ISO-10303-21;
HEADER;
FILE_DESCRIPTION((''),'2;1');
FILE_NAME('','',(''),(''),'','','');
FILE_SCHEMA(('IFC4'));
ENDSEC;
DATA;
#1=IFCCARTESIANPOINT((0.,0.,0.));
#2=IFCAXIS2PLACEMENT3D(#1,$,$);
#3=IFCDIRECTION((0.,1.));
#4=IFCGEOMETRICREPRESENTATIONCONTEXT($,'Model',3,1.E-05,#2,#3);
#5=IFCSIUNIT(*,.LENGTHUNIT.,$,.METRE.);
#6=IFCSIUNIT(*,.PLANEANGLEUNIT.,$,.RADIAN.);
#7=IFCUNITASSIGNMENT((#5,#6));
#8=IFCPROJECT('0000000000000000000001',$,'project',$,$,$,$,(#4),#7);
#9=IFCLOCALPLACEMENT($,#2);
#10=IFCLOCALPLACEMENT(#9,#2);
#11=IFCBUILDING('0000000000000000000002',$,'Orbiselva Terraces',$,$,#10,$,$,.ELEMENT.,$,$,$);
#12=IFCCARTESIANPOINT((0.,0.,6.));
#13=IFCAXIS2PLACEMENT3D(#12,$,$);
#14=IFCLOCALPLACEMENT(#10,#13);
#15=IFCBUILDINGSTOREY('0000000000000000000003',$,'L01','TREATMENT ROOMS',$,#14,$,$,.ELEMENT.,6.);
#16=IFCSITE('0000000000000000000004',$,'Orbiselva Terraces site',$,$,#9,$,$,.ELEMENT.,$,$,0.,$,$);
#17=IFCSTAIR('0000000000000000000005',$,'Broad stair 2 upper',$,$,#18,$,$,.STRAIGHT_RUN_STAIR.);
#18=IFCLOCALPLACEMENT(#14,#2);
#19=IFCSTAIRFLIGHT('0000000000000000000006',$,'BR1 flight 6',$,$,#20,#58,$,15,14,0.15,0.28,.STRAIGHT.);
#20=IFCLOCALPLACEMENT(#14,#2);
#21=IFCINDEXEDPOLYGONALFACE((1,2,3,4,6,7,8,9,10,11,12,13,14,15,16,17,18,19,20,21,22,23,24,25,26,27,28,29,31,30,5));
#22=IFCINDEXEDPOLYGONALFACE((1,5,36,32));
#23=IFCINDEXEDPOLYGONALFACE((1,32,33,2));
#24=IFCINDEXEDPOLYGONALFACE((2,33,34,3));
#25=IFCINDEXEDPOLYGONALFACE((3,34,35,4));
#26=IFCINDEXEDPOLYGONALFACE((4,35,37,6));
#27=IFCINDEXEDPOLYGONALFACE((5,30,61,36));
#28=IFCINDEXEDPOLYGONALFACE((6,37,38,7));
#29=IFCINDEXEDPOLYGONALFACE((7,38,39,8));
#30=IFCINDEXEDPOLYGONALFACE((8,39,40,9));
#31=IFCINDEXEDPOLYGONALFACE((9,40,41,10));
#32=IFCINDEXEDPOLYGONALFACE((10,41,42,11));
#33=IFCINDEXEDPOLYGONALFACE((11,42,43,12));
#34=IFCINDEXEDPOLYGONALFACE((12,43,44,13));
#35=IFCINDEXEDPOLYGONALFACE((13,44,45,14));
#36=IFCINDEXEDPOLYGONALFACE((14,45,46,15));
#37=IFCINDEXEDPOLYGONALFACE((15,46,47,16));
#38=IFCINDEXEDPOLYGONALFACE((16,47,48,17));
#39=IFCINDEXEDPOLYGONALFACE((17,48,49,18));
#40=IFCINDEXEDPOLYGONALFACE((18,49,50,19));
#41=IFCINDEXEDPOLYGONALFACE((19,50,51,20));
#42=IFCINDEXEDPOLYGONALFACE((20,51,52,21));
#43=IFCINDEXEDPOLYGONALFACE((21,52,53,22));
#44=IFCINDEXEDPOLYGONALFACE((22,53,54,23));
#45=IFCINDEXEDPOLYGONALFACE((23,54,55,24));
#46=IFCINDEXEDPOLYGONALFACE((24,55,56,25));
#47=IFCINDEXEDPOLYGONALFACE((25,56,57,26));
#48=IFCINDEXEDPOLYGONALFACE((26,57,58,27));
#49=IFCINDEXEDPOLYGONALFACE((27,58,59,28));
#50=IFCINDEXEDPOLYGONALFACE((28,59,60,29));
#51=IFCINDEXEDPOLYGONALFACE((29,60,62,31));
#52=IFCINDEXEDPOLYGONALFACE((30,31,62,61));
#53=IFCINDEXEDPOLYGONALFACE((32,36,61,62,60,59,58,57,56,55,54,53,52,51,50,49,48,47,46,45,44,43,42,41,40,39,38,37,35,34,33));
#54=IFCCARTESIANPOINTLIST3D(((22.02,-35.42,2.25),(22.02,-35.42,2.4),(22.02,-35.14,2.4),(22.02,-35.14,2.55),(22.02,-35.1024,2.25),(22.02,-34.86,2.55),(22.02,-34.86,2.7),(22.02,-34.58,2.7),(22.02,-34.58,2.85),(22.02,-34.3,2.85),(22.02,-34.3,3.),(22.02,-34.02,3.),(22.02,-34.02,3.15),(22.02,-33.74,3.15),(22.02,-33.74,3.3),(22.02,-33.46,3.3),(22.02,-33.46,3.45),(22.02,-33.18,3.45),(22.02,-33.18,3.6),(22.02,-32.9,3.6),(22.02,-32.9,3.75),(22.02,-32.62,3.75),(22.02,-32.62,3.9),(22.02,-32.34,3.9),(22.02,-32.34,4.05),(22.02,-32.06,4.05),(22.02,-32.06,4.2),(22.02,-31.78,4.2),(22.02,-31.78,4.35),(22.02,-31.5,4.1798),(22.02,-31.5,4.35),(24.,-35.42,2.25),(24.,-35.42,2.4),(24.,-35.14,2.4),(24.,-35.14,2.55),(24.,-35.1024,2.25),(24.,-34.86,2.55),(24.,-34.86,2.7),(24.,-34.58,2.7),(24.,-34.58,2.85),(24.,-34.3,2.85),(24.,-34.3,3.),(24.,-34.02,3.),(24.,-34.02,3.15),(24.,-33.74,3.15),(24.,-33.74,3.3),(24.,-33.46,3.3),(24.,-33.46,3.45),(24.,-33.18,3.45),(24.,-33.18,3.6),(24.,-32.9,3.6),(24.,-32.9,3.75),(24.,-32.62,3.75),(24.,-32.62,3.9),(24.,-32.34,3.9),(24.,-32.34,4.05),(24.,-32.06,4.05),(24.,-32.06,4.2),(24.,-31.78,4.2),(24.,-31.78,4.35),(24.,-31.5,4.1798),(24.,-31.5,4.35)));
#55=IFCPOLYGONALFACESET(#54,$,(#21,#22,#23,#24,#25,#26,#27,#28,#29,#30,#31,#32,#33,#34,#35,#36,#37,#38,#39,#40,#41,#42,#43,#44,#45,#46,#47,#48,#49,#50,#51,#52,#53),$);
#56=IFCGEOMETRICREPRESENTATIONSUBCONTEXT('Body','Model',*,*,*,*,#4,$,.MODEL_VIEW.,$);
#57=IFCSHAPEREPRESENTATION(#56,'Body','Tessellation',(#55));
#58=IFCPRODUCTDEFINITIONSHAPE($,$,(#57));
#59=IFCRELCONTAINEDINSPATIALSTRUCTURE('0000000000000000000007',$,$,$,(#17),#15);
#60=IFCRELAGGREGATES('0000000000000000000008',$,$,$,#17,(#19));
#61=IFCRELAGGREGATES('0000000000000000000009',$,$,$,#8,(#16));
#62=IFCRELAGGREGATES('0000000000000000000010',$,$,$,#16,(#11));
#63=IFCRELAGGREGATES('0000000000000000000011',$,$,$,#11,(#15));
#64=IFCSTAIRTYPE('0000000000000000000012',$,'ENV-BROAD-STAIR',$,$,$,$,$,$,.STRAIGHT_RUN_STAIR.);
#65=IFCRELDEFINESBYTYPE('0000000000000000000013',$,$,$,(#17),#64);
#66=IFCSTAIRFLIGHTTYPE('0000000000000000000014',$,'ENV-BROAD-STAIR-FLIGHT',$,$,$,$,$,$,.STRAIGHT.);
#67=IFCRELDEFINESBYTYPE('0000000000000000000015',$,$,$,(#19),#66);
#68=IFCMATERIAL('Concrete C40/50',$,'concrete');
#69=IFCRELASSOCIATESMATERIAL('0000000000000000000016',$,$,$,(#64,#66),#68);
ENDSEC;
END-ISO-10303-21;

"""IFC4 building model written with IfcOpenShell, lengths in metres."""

from ifc_helpers import new_model, si_unit, direction, frame, origin, place, context, subcontext, project, spatial, polyline, outline, extrude, material, type_object, element, aggregate, save


model = new_model("IFC4")

# Units and contexts
model_context = context("Model", 3, precision=1e-05, world=origin(), true_north=direction((0.0, 1.0)))
body_context = subcontext(model_context, "Body", "Model", "MODEL_VIEW")
ifc_project = project(units=[si_unit("LENGTHUNIT", "METRE"), si_unit("PLANEANGLEUNIT", "RADIAN")], contexts=[model_context])

# Site, building, storey
site_placement = place(None, origin())
site = spatial("IfcSite", under=ifc_project, at=site_placement, Name="Orbiselva Terraces site", CompositionType="ELEMENT", RefElevation=0.0)
building_placement = place(site_placement, origin())
building = spatial("IfcBuilding", under=site, at=building_placement, Name="Orbiselva Terraces", CompositionType="ELEMENT")
storey_placement = place(building_placement, frame((0.0, 0.0, 6.0)))
storey = spatial("IfcBuildingStorey", under=building, at=storey_placement, Name="L01", Description="TREATMENT ROOMS", CompositionType="ELEMENT", Elevation=6.0)

# Stair, stair flight
ifc_material_1 = material(Name="Concrete C40/50", Category="concrete")
stair_type = type_object("IfcStairType", Name="ENV-BROAD-STAIR", PredefinedType="STRAIGHT_RUN_STAIR", material=ifc_material_1)
stair_placement = place(storey_placement, origin())
stair = element("IfcStair", 1, at=stair_placement, inside=storey, type_object=stair_type, Name="Broad stair 2 upper", PredefinedType="STRAIGHT_RUN_STAIR")
stair_flight_type = type_object("IfcStairFlightType", Name="ENV-BROAD-STAIR-FLIGHT", PredefinedType="STRAIGHT", material=ifc_material_1)
stair_flight_1_placement = place(storey_placement, frame((23.01, -35.42, 2.25), z_axis=(0.0, 0.0, 1.0), x_axis=(0.0, 1.0, 0.0)))
stair_flight_1 = element("IfcStairFlight", 2, at=stair_flight_1_placement, type_object=stair_flight_type, Name="BR1 flight 6", NumberOfRisers=15, NumberOfTreads=14, PredefinedType="STRAIGHT", RiserHeight=0.15, TreadLength=0.28, context=body_context, shape_type="SweptSolid", body=[
    extrude(outline(polyline([(0.0, 0.0), (0.0, 0.15), (0.28, 0.15), (0.28, 0.3), (0.56, 0.3), (0.56, 0.45), (0.84, 0.45), (0.84, 0.6), (1.12, 0.6), (1.12, 0.75), (1.4, 0.75), (1.4, 0.9), (1.68, 0.9), (1.68, 1.05), (1.96, 1.05), (1.96, 1.2), (2.24, 1.2), (2.24, 1.35), (2.52, 1.35), (2.52, 1.5), (2.8, 1.5), (2.8, 1.65), (3.08, 1.65), (3.08, 1.8), (3.36, 1.8), (3.36, 1.95), (3.64, 1.95), (3.64, 2.1), (3.92, 2.1), (3.92, 2.25), (3.92, 1.9298), (0.3176, 0.0), (0.0, 0.0)])), frame((0.0, 0.99, 0.0), z_axis=(0.0, -1.0, 0.0), x_axis=(1.0, 0.0, 0.0)), (0.0, 0.0, 1.0), 1.98),
])
aggregate(stair, [stair_flight_1])

save(model, "model.ifc")
